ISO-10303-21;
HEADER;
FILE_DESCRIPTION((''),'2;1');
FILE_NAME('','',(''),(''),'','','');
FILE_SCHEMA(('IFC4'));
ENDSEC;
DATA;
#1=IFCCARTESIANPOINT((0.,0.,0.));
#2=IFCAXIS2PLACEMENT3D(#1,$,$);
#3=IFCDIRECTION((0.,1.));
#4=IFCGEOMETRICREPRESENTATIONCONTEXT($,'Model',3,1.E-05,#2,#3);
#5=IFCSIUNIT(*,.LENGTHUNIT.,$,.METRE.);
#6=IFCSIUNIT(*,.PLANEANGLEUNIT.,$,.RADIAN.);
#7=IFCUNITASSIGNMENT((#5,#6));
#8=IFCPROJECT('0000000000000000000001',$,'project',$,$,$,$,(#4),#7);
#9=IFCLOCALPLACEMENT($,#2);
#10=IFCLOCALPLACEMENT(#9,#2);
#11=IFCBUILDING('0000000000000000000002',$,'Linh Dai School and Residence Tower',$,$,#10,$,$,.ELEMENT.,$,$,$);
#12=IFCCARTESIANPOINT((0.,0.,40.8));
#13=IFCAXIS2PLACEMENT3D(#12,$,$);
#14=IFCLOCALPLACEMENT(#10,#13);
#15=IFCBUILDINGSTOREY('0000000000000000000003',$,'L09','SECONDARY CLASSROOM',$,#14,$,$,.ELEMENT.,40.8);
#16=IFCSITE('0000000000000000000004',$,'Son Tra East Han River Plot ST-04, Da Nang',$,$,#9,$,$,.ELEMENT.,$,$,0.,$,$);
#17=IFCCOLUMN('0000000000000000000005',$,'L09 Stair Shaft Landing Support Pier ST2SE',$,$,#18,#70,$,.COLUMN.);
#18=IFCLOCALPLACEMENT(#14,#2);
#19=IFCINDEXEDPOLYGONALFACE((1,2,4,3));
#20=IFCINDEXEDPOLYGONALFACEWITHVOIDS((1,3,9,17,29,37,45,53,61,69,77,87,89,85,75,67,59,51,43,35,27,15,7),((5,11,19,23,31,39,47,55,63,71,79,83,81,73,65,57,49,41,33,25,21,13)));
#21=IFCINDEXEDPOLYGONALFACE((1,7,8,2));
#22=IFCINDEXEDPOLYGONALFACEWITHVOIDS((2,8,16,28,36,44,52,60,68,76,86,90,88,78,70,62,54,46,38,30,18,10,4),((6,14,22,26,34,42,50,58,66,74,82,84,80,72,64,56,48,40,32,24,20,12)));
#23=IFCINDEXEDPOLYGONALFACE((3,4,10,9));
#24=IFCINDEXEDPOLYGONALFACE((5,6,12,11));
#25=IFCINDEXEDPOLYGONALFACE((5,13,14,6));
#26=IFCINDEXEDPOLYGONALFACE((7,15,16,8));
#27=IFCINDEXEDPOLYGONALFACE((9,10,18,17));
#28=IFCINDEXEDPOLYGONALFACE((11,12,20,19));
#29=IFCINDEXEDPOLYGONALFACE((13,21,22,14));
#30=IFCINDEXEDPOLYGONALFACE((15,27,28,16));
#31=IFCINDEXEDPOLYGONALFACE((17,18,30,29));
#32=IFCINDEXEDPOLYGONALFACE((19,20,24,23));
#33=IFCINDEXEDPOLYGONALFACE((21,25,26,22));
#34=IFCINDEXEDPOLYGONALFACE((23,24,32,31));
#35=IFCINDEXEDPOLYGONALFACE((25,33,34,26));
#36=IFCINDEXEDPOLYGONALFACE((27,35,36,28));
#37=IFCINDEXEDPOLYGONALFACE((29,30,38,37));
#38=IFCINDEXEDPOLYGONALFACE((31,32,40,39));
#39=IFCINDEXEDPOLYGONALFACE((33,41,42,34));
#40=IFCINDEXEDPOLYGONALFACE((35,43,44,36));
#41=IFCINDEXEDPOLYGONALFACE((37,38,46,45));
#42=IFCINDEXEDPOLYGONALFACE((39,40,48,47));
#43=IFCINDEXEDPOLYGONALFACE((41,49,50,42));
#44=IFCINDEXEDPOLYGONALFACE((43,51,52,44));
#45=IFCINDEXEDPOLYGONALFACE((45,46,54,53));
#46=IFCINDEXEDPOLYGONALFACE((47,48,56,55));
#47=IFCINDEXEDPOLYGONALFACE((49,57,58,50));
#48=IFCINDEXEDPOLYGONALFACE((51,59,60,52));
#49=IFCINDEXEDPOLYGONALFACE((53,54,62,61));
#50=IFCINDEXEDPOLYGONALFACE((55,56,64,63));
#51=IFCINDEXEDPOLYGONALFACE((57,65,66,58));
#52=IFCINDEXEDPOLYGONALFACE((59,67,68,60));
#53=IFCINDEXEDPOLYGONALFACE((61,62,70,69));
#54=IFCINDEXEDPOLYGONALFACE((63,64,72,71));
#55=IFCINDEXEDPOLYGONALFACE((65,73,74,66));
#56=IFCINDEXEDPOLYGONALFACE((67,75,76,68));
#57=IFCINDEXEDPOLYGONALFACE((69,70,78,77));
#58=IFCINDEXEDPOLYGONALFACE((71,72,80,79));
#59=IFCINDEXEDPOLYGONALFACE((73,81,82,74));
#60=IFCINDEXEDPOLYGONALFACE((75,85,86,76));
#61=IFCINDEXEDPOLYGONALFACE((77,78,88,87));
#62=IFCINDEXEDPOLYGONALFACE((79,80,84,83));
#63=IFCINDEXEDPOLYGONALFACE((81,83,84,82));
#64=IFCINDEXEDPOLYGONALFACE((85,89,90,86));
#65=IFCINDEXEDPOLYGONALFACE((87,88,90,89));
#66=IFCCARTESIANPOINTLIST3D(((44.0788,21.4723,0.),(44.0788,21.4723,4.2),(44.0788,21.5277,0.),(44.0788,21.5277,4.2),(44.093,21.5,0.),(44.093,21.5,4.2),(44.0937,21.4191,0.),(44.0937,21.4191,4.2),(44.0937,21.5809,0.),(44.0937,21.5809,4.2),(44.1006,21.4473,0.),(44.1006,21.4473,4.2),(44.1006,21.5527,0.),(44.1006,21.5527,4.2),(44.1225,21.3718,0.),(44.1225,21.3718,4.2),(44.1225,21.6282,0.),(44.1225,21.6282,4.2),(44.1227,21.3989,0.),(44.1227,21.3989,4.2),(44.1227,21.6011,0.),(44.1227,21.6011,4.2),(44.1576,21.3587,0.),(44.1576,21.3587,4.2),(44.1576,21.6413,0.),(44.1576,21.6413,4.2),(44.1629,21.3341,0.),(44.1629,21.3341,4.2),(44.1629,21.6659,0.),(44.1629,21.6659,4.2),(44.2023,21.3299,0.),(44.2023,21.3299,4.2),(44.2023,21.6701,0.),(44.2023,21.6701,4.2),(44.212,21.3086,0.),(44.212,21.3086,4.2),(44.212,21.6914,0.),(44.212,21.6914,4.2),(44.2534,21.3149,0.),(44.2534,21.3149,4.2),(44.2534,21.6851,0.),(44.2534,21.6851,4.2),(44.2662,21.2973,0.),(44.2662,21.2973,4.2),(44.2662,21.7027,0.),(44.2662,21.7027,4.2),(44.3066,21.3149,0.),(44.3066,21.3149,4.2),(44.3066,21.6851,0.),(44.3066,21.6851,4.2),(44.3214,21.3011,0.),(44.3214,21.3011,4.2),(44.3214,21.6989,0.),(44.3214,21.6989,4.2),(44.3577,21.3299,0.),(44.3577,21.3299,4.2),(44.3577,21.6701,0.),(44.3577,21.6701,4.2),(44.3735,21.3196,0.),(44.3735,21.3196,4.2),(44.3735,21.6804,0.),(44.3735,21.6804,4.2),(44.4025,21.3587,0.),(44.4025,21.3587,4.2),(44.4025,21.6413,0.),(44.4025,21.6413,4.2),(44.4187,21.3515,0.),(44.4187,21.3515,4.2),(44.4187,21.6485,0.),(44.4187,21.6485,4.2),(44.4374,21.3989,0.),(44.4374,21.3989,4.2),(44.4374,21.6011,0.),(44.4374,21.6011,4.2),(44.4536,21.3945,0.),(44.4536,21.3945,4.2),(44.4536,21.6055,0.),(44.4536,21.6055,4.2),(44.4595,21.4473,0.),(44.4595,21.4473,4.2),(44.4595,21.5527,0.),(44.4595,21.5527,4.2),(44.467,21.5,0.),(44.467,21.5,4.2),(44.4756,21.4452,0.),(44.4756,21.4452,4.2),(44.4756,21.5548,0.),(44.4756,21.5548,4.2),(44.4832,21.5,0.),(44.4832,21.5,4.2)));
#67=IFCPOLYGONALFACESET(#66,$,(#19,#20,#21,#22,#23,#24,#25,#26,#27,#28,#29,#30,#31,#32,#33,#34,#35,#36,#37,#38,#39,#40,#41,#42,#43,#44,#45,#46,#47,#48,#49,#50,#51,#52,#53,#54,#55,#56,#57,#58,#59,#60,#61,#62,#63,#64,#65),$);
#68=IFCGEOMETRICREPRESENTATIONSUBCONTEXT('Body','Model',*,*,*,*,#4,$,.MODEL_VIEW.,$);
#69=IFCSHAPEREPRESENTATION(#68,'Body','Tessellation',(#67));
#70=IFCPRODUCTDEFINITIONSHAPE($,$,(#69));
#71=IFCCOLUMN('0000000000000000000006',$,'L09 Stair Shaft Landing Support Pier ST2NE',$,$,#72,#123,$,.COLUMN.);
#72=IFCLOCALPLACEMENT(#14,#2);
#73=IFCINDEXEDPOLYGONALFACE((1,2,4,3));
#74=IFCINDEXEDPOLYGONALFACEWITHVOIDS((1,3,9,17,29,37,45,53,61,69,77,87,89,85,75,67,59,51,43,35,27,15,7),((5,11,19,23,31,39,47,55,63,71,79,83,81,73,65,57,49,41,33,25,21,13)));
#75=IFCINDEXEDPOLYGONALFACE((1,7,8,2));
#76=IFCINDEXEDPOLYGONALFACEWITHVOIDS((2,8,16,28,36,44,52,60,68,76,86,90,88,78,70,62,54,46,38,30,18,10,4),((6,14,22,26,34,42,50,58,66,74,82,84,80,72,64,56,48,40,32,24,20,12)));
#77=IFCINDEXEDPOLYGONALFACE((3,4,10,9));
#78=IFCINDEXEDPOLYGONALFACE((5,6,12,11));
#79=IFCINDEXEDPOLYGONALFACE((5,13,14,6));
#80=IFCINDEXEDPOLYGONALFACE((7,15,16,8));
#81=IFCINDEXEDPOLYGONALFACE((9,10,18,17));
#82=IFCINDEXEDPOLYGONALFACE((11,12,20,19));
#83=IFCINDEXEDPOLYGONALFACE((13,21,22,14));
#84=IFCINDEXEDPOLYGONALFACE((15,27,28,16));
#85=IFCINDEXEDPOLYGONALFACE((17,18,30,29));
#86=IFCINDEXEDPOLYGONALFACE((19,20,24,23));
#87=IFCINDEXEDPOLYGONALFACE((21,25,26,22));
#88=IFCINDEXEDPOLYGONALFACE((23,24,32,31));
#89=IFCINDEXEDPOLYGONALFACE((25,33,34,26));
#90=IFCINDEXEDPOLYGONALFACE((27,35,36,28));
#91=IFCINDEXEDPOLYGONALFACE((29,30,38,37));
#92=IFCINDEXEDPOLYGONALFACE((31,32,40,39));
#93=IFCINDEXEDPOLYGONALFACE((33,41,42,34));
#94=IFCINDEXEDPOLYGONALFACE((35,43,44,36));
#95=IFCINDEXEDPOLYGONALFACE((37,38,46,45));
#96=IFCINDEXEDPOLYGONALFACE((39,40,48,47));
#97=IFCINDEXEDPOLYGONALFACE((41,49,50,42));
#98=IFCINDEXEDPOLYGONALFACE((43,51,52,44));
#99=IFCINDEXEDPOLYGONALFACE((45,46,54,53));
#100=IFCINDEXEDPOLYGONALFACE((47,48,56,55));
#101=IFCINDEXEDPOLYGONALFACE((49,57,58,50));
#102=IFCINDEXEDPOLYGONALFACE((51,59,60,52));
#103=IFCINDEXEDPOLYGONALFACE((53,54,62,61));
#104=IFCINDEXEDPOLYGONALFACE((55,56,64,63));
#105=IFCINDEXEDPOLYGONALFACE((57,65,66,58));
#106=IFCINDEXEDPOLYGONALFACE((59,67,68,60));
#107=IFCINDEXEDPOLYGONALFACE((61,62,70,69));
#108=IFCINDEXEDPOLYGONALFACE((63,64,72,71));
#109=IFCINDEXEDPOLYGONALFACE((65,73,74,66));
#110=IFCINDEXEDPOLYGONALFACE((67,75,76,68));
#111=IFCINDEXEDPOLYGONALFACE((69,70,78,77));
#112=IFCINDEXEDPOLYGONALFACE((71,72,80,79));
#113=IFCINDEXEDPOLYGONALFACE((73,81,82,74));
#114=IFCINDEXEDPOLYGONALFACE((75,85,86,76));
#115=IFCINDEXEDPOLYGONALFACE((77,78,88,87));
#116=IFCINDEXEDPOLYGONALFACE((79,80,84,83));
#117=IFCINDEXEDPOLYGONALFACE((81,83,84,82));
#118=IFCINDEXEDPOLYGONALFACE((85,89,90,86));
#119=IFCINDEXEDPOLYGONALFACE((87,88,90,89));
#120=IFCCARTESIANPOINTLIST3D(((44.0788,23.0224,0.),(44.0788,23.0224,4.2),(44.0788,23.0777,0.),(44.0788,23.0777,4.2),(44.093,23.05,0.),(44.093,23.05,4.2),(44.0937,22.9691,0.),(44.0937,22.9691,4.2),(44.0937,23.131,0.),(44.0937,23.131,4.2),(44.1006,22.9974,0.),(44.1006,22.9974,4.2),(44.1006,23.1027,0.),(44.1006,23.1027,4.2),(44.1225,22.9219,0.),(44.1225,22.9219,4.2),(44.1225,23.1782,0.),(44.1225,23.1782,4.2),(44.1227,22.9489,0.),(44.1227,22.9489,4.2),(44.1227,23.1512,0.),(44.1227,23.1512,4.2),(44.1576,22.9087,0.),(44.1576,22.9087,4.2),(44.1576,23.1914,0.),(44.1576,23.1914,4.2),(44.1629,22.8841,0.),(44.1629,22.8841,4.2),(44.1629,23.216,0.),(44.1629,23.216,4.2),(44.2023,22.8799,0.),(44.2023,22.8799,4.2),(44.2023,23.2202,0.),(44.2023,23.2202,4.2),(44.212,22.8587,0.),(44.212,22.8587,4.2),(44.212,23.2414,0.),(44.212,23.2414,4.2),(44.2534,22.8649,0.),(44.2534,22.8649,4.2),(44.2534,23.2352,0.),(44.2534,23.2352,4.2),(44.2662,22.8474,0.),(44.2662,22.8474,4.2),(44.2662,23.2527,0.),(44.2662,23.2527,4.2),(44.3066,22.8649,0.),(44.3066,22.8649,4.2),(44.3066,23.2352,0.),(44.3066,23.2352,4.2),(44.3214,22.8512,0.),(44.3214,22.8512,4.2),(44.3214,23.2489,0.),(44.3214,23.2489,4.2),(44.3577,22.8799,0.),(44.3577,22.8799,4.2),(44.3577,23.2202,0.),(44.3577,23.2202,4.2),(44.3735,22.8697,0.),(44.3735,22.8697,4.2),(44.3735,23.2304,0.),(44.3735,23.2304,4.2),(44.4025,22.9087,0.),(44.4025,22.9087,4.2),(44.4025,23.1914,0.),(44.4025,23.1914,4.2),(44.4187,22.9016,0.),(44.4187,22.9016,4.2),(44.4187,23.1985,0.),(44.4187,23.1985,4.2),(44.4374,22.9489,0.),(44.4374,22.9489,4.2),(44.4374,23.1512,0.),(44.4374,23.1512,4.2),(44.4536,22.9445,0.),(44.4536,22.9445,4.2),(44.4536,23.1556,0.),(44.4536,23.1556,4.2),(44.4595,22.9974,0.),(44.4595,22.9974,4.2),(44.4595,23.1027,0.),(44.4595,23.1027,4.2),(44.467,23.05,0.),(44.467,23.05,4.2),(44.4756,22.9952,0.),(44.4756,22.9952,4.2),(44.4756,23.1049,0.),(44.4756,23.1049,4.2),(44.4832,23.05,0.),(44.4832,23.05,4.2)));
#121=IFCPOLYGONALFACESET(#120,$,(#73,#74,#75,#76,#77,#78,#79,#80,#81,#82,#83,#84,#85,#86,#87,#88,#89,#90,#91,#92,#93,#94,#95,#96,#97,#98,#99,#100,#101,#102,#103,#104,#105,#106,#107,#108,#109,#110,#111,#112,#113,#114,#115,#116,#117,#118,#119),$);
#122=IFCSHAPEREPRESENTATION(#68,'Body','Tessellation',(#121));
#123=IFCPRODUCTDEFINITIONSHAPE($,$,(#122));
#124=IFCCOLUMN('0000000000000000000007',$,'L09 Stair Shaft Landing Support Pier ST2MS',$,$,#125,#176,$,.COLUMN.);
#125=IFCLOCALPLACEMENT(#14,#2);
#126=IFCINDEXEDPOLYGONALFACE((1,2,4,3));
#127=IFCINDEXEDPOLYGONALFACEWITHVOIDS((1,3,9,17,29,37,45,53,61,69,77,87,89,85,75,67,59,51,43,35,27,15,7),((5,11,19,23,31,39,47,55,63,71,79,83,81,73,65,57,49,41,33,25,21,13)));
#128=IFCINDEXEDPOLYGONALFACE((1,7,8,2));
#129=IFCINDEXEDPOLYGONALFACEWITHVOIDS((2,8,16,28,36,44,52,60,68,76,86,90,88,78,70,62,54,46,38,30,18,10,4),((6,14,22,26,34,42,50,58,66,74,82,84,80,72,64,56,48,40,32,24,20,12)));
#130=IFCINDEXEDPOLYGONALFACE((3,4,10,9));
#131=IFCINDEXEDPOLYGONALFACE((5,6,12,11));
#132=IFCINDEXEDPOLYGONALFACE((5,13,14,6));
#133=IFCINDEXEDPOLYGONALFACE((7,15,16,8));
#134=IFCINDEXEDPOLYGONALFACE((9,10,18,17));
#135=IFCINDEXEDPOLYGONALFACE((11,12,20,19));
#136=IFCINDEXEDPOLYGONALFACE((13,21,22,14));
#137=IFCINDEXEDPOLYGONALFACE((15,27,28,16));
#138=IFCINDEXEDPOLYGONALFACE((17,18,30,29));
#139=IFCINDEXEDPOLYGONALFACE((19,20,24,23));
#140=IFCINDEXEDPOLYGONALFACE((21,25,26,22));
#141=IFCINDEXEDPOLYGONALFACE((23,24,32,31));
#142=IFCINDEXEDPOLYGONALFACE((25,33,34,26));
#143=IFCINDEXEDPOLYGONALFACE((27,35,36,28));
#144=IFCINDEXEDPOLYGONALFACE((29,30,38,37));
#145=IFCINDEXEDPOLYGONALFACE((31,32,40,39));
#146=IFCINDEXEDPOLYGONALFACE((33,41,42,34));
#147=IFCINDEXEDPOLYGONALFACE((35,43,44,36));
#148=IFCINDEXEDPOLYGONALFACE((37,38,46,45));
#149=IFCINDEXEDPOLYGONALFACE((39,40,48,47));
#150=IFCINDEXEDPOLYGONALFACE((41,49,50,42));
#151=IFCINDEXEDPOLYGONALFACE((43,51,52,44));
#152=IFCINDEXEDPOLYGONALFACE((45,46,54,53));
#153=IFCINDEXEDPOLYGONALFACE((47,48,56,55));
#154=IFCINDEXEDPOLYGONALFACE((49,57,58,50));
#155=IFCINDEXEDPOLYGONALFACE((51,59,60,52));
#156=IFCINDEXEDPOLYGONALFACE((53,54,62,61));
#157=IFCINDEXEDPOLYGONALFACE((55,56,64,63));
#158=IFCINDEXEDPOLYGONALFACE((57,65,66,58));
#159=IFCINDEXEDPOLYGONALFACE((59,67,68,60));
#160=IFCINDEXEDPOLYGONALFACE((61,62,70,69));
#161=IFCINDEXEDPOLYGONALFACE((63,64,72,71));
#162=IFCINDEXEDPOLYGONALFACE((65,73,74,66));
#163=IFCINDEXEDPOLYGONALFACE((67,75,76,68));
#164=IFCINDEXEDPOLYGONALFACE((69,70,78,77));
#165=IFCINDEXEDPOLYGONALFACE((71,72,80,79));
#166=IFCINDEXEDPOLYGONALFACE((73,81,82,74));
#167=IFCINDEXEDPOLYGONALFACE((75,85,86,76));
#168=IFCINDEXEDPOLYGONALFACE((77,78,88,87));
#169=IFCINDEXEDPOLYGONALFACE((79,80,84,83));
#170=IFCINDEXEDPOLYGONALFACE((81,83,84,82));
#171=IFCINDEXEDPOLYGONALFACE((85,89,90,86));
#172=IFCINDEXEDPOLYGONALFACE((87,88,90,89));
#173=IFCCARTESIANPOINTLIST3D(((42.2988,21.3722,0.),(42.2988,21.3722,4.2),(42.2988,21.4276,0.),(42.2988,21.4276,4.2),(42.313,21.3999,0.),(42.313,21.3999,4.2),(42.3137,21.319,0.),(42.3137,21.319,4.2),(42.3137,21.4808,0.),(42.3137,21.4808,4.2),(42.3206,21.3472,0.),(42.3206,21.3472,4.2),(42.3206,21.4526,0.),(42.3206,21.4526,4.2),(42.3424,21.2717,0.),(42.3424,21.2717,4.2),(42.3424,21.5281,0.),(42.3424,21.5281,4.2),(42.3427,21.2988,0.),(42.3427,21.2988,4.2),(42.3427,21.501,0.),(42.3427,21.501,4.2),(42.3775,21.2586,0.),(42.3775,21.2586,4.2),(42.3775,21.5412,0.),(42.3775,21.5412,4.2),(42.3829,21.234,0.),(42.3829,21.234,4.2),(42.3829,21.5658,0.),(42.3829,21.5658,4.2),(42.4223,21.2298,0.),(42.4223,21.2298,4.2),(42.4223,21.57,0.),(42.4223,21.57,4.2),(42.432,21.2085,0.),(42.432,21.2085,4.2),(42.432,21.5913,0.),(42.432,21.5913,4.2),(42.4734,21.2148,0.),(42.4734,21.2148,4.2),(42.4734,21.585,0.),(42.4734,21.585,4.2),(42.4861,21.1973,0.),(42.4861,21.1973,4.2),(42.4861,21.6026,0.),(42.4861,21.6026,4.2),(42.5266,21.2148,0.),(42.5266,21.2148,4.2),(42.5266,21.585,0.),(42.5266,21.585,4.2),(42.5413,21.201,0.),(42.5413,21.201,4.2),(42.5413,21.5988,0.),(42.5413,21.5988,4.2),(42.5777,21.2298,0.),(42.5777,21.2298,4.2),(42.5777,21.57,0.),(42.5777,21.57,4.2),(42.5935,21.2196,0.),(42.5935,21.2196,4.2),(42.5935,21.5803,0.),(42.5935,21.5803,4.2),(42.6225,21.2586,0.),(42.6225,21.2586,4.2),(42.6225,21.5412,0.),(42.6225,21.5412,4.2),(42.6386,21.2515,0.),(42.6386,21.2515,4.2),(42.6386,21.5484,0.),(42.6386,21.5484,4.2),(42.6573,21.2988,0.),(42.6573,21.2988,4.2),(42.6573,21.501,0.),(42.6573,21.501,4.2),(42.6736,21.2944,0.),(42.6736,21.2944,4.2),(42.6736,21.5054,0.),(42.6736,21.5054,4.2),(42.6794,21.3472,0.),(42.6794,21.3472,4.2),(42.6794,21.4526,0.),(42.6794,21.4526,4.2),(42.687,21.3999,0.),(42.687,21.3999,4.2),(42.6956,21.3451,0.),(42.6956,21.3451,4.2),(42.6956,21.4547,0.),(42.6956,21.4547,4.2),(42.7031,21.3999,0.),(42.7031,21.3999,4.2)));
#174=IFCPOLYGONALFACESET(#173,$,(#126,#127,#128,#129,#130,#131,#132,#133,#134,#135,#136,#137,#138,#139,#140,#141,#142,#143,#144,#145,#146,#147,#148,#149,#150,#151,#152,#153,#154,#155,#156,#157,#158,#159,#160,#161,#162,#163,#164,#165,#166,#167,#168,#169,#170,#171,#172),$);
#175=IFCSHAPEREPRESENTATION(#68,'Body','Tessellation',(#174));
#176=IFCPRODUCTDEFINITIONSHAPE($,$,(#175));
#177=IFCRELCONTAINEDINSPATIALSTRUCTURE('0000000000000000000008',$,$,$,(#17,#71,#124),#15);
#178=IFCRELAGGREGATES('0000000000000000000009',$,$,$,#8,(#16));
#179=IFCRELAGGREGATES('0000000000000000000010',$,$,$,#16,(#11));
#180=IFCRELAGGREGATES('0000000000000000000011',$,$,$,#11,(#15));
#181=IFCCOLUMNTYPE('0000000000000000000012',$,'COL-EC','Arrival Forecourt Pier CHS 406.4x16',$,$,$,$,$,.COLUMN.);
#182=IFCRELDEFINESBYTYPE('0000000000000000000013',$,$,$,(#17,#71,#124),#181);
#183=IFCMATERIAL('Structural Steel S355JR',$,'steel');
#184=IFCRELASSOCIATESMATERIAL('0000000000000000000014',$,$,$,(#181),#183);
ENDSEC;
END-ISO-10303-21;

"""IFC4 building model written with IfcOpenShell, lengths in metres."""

from ifc_helpers import new_model, si_unit, direction, frame, origin, origin_2d, place, context, subcontext, project, spatial, hollow_circle, extrude, material, material_profile, profile_set, type_object, element, save


model = new_model("IFC4")

# Units and contexts
model_context = context("Model", 3, precision=1e-05, world=origin(), true_north=direction((0.0, 1.0)))
body_context = subcontext(model_context, "Body", "Model", "MODEL_VIEW")
ifc_project = project(units=[si_unit("LENGTHUNIT", "METRE"), si_unit("PLANEANGLEUNIT", "RADIAN")], contexts=[model_context])

# Site, building, storey
site_placement = place(None, origin())
site = spatial("IfcSite", under=ifc_project, at=site_placement, Name="Son Tra East Han River Plot ST-04, Da Nang", CompositionType="ELEMENT", RefElevation=0.0)
building_placement = place(site_placement, origin())
building = spatial("IfcBuilding", under=site, at=building_placement, Name="Linh Dai School and Residence Tower", CompositionType="ELEMENT")
storey_placement = place(building_placement, frame((0.0, 0.0, 40.8)))
storey = spatial("IfcBuildingStorey", under=building, at=storey_placement, Name="L09", Description="SECONDARY CLASSROOM", CompositionType="ELEMENT", Elevation=40.8)

# Columns
ifc_material_1 = material(Name="Structural Steel S355JR", Category="steel")
ifc_material_profile_1 = material_profile(ifc_material_1, hollow_circle(Radius=0.2031, WallThickness=0.0161, at=origin_2d()), Name="CHS 406.4x16")
ifc_profile_set_1 = profile_set([ifc_material_profile_1], Name="Structural Steel S355JR")
column_type_1 = type_object("IfcColumnType", Name="COL-EC", Description="Arrival Forecourt Pier CHS 406.4x16", PredefinedType="COLUMN", material=ifc_profile_set_1)
for number, where, z_axis, x_axis, name in (
    (1, (44.28, 21.5, 0.0), (0.0, 0.0, 1.0), (1.0, 0.0, 0.0), "L09 Stair Shaft Landing Support Pier ST2SE"),
    (2, (44.28, 23.05, 0.0), (0.0, 0.0, 1.0), (1.0, 0.0, 0.0), "L09 Stair Shaft Landing Support Pier ST2NE"),
    (3, (42.5, 21.3999, 0.0), (0.0, 0.0, 1.0), (1.0, 0.0, 0.0), "L09 Stair Shaft Landing Support Pier ST2MS"),
):
    element("IfcColumn", number, at=place(storey_placement, frame(where, z_axis=z_axis, x_axis=x_axis)), inside=storey, type_object=column_type_1, Name=name, PredefinedType="COLUMN", context=body_context, shape_type="SweptSolid", body=[
        extrude(hollow_circle(Radius=0.2031, WallThickness=0.0161, at=origin_2d()), origin(), (0.0, 0.0, 1.0), 4.2),
    ])

save(model, "model.ifc")
